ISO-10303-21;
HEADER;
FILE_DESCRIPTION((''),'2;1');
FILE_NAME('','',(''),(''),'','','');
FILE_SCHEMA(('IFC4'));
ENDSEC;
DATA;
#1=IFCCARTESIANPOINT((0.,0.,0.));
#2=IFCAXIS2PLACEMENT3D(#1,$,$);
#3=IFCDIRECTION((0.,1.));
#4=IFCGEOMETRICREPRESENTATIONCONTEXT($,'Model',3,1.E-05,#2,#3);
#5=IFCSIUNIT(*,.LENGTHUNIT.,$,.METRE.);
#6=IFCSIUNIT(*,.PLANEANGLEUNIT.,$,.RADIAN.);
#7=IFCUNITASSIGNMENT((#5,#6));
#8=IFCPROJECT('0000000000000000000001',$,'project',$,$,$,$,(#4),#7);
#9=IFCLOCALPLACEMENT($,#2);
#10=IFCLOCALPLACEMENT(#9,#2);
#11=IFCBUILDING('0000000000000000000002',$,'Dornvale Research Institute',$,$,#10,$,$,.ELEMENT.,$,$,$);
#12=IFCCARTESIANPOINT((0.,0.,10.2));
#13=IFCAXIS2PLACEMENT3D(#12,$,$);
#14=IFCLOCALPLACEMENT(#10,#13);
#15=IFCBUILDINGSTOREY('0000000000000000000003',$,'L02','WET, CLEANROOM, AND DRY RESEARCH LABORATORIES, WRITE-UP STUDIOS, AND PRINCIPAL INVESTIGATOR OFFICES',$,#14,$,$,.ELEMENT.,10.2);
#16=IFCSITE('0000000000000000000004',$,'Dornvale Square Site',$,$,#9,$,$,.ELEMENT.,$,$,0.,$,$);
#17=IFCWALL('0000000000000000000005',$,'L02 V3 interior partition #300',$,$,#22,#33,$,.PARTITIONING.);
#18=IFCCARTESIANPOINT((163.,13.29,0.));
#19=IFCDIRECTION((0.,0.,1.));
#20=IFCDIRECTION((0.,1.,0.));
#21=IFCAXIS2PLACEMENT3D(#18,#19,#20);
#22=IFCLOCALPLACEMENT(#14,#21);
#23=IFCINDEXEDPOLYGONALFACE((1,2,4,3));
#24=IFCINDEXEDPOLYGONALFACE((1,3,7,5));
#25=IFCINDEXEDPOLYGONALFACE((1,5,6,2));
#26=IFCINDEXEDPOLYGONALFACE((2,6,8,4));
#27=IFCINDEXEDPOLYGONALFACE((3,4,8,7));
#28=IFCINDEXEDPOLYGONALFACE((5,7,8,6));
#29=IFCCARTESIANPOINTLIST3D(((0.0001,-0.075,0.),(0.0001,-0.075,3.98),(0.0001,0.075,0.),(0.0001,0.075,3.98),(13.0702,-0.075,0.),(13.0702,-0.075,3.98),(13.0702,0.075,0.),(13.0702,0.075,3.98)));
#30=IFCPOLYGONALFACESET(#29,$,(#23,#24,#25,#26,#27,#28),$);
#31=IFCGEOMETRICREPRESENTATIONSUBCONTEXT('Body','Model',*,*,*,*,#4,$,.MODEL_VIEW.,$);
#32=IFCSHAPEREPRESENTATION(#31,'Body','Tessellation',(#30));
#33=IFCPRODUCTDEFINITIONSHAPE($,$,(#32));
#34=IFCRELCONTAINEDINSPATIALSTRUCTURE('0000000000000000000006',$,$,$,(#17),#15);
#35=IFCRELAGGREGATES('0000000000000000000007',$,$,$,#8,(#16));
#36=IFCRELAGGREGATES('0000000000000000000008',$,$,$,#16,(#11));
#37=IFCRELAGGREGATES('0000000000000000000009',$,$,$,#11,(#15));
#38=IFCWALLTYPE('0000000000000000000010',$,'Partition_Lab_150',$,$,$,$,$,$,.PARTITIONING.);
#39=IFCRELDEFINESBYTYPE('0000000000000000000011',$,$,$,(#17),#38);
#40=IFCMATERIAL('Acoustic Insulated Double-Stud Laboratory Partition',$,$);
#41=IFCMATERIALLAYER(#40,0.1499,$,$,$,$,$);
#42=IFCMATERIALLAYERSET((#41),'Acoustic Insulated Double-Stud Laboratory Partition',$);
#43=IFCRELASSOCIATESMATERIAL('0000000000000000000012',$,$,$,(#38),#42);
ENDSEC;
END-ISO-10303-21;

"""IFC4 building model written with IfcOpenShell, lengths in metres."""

from ifc_helpers import new_model, si_unit, direction, frame, frame_2d, origin, place, context, subcontext, project, spatial, rectangle, extrude, material, layer, layer_set, type_object, element, save


model = new_model("IFC4")

# Units and contexts
model_context = context("Model", 3, precision=1e-05, world=origin(), true_north=direction((0.0, 1.0)))
body_context = subcontext(model_context, "Body", "Model", "MODEL_VIEW")
ifc_project = project(units=[si_unit("LENGTHUNIT", "METRE"), si_unit("PLANEANGLEUNIT", "RADIAN")], contexts=[model_context])

# Site, building, storey
site_placement = place(None, origin())
site = spatial("IfcSite", under=ifc_project, at=site_placement, Name="Dornvale Square Site", CompositionType="ELEMENT", RefElevation=0.0)
building_placement = place(site_placement, origin())
building = spatial("IfcBuilding", under=site, at=building_placement, Name="Dornvale Research Institute", CompositionType="ELEMENT")
storey_placement = place(building_placement, frame((0.0, 0.0, 10.2)))
storey = spatial("IfcBuildingStorey", under=building, at=storey_placement, Name="L02", Description="WET, CLEANROOM, AND DRY RESEARCH LABORATORIES, WRITE-UP STUDIOS, AND PRINCIPAL INVESTIGATOR OFFICES", CompositionType="ELEMENT", Elevation=10.2)

# Wall
ifc_material_1 = material(Name="Acoustic Insulated Double-Stud Laboratory Partition")
ifc_layer_1 = layer(ifc_material_1, 0.1499)
ifc_layer_set_1 = layer_set([ifc_layer_1], Name="Acoustic Insulated Double-Stud Laboratory Partition")
wall_type_1 = type_object("IfcWallType", Name="Partition_Lab_150", PredefinedType="PARTITIONING", material=ifc_layer_set_1)
wall_1_placement = place(storey_placement, frame((163.0, 13.29, 0.0), z_axis=(0.0, 0.0, 1.0), x_axis=(0.0, 1.0, 0.0)))
element("IfcWall", 1, at=wall_1_placement, inside=storey, type_object=wall_type_1, Name="L02 V3 interior partition #300", PredefinedType="PARTITIONING", context=body_context, shape_type="SweptSolid", body=[
    extrude(rectangle(XDim=13.0701, YDim=0.1499, at=frame_2d((6.5352, 0.0))), origin(), (0.0, 0.0, 1.0), 3.98),
])

save(model, "model.ifc")
